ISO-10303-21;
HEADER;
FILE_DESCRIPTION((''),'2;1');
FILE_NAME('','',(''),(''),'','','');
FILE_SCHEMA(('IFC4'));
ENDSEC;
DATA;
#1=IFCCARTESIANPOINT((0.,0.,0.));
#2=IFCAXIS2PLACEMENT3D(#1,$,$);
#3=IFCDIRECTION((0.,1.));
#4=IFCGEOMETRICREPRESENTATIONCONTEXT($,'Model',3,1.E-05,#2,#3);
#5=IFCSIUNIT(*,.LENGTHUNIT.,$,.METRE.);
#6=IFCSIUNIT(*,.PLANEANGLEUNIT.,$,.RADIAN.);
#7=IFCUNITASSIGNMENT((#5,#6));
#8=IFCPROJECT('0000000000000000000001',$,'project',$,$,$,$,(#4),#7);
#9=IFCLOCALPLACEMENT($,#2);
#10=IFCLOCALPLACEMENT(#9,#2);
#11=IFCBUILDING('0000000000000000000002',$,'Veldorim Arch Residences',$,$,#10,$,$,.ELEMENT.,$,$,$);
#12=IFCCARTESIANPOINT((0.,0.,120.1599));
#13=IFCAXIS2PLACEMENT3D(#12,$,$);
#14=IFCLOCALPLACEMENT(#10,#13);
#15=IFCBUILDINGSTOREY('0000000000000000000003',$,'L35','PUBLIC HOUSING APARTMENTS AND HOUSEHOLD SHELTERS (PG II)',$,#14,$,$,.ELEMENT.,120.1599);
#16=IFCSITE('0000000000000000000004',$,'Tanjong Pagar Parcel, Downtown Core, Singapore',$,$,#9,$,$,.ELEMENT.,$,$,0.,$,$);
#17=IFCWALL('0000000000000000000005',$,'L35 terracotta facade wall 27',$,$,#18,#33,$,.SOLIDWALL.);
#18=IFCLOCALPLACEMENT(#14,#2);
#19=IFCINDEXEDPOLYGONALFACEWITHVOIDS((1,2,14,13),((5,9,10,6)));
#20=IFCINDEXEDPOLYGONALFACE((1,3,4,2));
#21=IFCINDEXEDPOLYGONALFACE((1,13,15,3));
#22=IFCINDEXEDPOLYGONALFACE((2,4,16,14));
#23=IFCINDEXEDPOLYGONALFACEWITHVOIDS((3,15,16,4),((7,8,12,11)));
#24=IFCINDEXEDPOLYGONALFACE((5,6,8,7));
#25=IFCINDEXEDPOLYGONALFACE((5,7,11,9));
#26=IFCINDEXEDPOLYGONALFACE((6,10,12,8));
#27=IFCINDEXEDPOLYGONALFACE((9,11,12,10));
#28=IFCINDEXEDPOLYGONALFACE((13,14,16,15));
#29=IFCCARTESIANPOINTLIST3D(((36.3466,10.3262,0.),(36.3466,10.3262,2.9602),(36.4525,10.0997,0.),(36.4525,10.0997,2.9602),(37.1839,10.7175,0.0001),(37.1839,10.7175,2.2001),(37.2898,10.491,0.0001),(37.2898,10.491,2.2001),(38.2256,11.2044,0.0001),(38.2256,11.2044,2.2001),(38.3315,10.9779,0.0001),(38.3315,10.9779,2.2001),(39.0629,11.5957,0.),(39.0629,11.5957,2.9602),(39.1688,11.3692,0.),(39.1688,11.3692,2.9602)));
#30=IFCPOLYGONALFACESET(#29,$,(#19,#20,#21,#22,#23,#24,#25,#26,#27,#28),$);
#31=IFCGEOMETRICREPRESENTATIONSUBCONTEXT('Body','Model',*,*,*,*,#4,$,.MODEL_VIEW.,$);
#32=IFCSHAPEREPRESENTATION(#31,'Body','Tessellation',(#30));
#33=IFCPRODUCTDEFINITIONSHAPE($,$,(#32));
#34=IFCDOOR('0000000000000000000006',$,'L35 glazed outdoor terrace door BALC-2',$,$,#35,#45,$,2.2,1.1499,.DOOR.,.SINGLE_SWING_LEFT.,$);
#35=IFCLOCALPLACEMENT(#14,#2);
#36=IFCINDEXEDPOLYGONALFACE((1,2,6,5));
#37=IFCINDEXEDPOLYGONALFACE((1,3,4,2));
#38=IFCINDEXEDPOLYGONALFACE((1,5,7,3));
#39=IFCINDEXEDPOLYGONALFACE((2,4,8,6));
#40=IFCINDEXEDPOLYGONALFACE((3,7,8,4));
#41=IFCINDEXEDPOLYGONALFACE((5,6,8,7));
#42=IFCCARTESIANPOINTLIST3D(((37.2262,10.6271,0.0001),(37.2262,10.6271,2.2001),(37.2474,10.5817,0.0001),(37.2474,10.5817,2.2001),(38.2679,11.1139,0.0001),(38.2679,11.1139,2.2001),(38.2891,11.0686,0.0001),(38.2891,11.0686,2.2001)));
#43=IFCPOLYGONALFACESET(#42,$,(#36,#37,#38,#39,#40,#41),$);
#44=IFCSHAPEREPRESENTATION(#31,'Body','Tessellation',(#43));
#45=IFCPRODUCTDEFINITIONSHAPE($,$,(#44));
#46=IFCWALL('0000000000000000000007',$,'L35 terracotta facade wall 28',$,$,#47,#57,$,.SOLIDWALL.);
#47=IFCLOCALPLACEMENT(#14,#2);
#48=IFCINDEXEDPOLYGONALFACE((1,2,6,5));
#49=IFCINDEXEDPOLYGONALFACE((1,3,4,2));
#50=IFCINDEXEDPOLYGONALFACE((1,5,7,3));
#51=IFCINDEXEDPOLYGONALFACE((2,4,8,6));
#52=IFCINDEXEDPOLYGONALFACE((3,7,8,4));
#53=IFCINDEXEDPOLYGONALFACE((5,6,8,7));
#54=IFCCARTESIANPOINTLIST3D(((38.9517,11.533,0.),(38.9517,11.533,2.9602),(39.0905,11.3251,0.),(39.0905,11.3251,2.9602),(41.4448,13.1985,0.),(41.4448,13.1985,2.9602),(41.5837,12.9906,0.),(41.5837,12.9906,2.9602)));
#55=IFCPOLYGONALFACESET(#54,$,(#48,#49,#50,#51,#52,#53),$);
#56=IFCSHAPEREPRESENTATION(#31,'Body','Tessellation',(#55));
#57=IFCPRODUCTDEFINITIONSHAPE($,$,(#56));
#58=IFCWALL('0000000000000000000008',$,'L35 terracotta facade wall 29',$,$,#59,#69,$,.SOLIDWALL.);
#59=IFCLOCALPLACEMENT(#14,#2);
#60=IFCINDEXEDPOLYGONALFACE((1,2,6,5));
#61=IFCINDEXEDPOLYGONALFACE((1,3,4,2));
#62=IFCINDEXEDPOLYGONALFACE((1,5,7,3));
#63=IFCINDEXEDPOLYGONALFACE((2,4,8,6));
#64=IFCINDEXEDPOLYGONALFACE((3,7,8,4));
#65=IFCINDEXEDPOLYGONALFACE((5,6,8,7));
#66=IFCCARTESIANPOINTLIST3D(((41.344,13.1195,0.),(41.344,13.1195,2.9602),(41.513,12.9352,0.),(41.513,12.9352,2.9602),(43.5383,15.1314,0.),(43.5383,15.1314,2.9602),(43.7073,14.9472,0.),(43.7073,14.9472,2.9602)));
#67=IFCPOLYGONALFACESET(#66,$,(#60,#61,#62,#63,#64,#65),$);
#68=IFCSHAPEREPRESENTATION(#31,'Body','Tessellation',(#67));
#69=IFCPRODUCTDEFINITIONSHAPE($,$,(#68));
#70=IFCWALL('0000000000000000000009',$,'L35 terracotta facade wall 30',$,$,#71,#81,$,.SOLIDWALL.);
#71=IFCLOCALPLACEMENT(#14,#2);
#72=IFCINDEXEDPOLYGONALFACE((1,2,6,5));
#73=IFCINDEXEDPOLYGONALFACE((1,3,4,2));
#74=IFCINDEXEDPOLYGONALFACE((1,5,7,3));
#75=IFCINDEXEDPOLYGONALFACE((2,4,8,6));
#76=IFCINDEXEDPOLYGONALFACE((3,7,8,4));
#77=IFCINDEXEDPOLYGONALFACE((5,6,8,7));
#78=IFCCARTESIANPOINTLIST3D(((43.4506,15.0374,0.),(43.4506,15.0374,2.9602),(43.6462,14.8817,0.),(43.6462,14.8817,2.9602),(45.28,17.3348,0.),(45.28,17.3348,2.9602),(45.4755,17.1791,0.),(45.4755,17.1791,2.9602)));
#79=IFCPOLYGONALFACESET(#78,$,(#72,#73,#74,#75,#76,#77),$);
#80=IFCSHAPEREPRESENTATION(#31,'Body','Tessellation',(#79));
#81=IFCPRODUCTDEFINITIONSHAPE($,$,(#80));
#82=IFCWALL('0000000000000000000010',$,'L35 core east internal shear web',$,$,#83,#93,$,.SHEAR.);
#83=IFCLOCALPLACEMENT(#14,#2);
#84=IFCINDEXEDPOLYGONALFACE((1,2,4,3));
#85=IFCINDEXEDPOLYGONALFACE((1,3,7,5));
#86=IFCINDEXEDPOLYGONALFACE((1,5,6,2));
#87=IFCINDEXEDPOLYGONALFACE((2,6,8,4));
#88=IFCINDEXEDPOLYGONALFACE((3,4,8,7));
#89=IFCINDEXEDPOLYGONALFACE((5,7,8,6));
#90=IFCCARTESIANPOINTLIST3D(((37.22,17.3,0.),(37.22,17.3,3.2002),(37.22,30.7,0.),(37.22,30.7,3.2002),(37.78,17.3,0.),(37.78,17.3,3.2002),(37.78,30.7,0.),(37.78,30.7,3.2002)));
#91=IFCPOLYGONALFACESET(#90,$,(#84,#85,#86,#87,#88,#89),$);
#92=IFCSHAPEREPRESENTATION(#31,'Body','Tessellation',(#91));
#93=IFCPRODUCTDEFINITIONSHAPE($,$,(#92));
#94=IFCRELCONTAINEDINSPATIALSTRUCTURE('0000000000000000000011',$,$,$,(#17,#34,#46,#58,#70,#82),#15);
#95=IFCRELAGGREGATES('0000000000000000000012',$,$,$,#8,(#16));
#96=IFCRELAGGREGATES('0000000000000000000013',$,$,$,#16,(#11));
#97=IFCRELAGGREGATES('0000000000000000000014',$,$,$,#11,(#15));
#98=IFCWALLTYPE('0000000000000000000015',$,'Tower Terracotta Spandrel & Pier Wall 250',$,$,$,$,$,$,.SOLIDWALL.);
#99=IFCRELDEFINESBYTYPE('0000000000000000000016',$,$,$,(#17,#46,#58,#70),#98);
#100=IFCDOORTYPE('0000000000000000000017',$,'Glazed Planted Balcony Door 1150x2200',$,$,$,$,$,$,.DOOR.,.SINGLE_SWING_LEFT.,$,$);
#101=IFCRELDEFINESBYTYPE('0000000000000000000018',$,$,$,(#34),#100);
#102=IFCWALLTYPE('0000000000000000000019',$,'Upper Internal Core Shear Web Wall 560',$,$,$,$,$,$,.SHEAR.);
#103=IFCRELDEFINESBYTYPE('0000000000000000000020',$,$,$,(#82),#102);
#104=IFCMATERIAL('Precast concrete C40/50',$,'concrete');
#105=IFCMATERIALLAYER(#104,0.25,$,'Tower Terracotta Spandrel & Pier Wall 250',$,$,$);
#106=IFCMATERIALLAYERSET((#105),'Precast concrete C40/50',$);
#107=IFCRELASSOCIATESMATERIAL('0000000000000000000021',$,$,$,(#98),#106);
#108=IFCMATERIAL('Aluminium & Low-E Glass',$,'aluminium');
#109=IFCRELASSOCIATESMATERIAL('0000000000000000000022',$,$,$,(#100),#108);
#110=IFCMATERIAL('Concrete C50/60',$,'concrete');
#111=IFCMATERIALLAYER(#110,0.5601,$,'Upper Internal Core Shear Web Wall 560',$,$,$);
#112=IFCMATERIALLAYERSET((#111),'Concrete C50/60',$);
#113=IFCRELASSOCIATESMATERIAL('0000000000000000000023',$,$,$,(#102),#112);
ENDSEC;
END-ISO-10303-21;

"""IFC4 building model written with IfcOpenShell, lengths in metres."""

from ifc_helpers import new_model, si_unit, direction, frame, frame_2d, origin, place, context, subcontext, project, spatial, rectangle, extrude, material, layer, layer_set, type_object, element, fill, save


model = new_model("IFC4")

# Units and contexts
model_context = context("Model", 3, precision=1e-05, world=origin(), true_north=direction((0.0, 1.0)))
body_context = subcontext(model_context, "Body", "Model", "MODEL_VIEW")
ifc_project = project(units=[si_unit("LENGTHUNIT", "METRE"), si_unit("PLANEANGLEUNIT", "RADIAN")], contexts=[model_context])

# Site, building, storey
site_placement = place(None, origin())
site = spatial("IfcSite", under=ifc_project, at=site_placement, Name="Tanjong Pagar Parcel, Downtown Core, Singapore", CompositionType="ELEMENT", RefElevation=0.0)
building_placement = place(site_placement, origin())
building = spatial("IfcBuilding", under=site, at=building_placement, Name="Veldorim Arch Residences", CompositionType="ELEMENT")
storey_placement = place(building_placement, frame((0.0, 0.0, 120.1599)))
storey = spatial("IfcBuildingStorey", under=building, at=storey_placement, Name="L35", Description="PUBLIC HOUSING APARTMENTS AND HOUSEHOLD SHELTERS (PG II)", CompositionType="ELEMENT", Elevation=120.1599)

# Wall, opening, door
ifc_material_1 = material(Name="Precast concrete C40/50", Category="concrete")
ifc_layer_1 = layer(ifc_material_1, 0.25, Name="Tower Terracotta Spandrel & Pier Wall 250")
ifc_layer_set_1 = layer_set([ifc_layer_1], Name="Precast concrete C40/50")
wall_type_1 = type_object("IfcWallType", Name="Tower Terracotta Spandrel & Pier Wall 250", PredefinedType="SOLIDWALL", material=ifc_layer_set_1)
wall_1_placement = place(storey_placement, frame((39.1157, 11.4824, 0.0), z_axis=(0.0, 0.0, 1.0), x_axis=(-0.905938, -0.423411, 0.0)))
wall_1 = element("IfcWall", 1, at=wall_1_placement, inside=storey, type_object=wall_type_1, Name="L35 terracotta facade wall 27", PredefinedType="SOLIDWALL", context=body_context, shape_type="SweptSolid", body=[
    extrude(rectangle(XDim=2.9983, YDim=0.25, at=frame_2d((1.499, 0.0))), origin(), (0.0, 0.0, 1.0), 2.9602),
])
opening_1_placement = place(wall_1_placement, frame((0.9241, 0.0, 0.0)))
opening_1 = element("IfcOpeningElement", 2, at=opening_1_placement, cuts=wall_1, PredefinedType="OPENING", context=body_context, shape_type="SweptSolid", body=[
    extrude(rectangle(XDim=1.1499, YDim=2.2, at=frame_2d((0.575, 1.1001))), frame((0.0, 0.135, 0.0), z_axis=(0.0, -1.0, 0.0), x_axis=(1.0, 0.0, 0.0)), (0.0, 0.0, 1.0), 0.27),
])
ifc_material_2 = material(Name="Aluminium & Low-E Glass", Category="aluminium")
door_type_1 = type_object("IfcDoorType", Name="Glazed Planted Balcony Door 1150x2200", OperationType="SINGLE_SWING_LEFT", PredefinedType="DOOR", material=ifc_material_2)
door_1_placement = place(opening_1_placement, origin())
door_1 = element("IfcDoor", 3, at=door_1_placement, inside=storey, type_object=door_type_1, Name="L35 glazed outdoor terrace door BALC-2", OperationType="SINGLE_SWING_LEFT", OverallHeight=2.2, OverallWidth=1.1499, PredefinedType="DOOR", context=body_context, shape_type="SweptSolid", body=[
    extrude(rectangle(XDim=1.1499, YDim=2.2, at=frame_2d((0.575, 1.1001))), frame((0.0, 0.0249, 0.0), z_axis=(0.0, -1.0, 0.0), x_axis=(1.0, 0.0, 0.0)), (0.0, 0.0, 1.0), 0.05),
])
fill(opening_1, door_1)

# Walls
wall_2_placement = place(storey_placement, frame((41.5142, 13.0945, 0.0), z_axis=(0.0, 0.0, 1.0), x_axis=(-0.831524, -0.555489, 0.0)))
element("IfcWall", 4, at=wall_2_placement, inside=storey, type_object=wall_type_1, Name="L35 terracotta facade wall 28", PredefinedType="SOLIDWALL", context=body_context, shape_type="SweptSolid", body=[
    extrude(rectangle(XDim=2.9983, YDim=0.25, at=frame_2d((1.499, 0.0))), origin(), (0.0, 0.0, 1.0), 2.9602),
])
wall_3_placement = place(storey_placement, frame((43.6228, 15.0393, 0.0), z_axis=(0.0, 0.0, 1.0), x_axis=(-0.737072, -0.675814, 0.0)))
element("IfcWall", 5, at=wall_3_placement, inside=storey, type_object=wall_type_1, Name="L35 terracotta facade wall 29", PredefinedType="SOLIDWALL", context=body_context, shape_type="SweptSolid", body=[
    extrude(rectangle(XDim=2.9771, YDim=0.25, at=frame_2d((1.4885, 0.0))), origin(), (0.0, 0.0, 1.0), 2.9602),
])
wall_4_placement = place(storey_placement, frame((45.3777, 17.2568, 0.0), z_axis=(0.0, 0.0, 1.0), x_axis=(-0.622919, -0.782286, 0.0)))
element("IfcWall", 6, at=wall_4_placement, inside=storey, type_object=wall_type_1, Name="L35 terracotta facade wall 30", PredefinedType="SOLIDWALL", context=body_context, shape_type="SweptSolid", body=[
    extrude(rectangle(XDim=2.9368, YDim=0.25, at=frame_2d((1.4683, 0.0))), origin(), (0.0, 0.0, 1.0), 2.9602),
])
ifc_material_3 = material(Name="Concrete C50/60", Category="concrete")
ifc_layer_2 = layer(ifc_material_3, 0.5601, Name="Upper Internal Core Shear Web Wall 560")
ifc_layer_set_2 = layer_set([ifc_layer_2], Name="Concrete C50/60")
wall_type_2 = type_object("IfcWallType", Name="Upper Internal Core Shear Web Wall 560", PredefinedType="SHEAR", material=ifc_layer_set_2)
wall_5_placement = place(storey_placement, frame((37.5, 17.3, 0.0), z_axis=(0.0, 0.0, 1.0), x_axis=(0.0, 1.0, 0.0)))
element("IfcWall", 7, at=wall_5_placement, inside=storey, type_object=wall_type_2, Name="L35 core east internal shear web", PredefinedType="SHEAR", context=body_context, shape_type="SweptSolid", body=[
    extrude(rectangle(XDim=13.3999, YDim=0.5601, at=frame_2d((6.7, 0.0))), origin(), (0.0, 0.0, 1.0), 3.2002),
])

save(model, "model.ifc")
